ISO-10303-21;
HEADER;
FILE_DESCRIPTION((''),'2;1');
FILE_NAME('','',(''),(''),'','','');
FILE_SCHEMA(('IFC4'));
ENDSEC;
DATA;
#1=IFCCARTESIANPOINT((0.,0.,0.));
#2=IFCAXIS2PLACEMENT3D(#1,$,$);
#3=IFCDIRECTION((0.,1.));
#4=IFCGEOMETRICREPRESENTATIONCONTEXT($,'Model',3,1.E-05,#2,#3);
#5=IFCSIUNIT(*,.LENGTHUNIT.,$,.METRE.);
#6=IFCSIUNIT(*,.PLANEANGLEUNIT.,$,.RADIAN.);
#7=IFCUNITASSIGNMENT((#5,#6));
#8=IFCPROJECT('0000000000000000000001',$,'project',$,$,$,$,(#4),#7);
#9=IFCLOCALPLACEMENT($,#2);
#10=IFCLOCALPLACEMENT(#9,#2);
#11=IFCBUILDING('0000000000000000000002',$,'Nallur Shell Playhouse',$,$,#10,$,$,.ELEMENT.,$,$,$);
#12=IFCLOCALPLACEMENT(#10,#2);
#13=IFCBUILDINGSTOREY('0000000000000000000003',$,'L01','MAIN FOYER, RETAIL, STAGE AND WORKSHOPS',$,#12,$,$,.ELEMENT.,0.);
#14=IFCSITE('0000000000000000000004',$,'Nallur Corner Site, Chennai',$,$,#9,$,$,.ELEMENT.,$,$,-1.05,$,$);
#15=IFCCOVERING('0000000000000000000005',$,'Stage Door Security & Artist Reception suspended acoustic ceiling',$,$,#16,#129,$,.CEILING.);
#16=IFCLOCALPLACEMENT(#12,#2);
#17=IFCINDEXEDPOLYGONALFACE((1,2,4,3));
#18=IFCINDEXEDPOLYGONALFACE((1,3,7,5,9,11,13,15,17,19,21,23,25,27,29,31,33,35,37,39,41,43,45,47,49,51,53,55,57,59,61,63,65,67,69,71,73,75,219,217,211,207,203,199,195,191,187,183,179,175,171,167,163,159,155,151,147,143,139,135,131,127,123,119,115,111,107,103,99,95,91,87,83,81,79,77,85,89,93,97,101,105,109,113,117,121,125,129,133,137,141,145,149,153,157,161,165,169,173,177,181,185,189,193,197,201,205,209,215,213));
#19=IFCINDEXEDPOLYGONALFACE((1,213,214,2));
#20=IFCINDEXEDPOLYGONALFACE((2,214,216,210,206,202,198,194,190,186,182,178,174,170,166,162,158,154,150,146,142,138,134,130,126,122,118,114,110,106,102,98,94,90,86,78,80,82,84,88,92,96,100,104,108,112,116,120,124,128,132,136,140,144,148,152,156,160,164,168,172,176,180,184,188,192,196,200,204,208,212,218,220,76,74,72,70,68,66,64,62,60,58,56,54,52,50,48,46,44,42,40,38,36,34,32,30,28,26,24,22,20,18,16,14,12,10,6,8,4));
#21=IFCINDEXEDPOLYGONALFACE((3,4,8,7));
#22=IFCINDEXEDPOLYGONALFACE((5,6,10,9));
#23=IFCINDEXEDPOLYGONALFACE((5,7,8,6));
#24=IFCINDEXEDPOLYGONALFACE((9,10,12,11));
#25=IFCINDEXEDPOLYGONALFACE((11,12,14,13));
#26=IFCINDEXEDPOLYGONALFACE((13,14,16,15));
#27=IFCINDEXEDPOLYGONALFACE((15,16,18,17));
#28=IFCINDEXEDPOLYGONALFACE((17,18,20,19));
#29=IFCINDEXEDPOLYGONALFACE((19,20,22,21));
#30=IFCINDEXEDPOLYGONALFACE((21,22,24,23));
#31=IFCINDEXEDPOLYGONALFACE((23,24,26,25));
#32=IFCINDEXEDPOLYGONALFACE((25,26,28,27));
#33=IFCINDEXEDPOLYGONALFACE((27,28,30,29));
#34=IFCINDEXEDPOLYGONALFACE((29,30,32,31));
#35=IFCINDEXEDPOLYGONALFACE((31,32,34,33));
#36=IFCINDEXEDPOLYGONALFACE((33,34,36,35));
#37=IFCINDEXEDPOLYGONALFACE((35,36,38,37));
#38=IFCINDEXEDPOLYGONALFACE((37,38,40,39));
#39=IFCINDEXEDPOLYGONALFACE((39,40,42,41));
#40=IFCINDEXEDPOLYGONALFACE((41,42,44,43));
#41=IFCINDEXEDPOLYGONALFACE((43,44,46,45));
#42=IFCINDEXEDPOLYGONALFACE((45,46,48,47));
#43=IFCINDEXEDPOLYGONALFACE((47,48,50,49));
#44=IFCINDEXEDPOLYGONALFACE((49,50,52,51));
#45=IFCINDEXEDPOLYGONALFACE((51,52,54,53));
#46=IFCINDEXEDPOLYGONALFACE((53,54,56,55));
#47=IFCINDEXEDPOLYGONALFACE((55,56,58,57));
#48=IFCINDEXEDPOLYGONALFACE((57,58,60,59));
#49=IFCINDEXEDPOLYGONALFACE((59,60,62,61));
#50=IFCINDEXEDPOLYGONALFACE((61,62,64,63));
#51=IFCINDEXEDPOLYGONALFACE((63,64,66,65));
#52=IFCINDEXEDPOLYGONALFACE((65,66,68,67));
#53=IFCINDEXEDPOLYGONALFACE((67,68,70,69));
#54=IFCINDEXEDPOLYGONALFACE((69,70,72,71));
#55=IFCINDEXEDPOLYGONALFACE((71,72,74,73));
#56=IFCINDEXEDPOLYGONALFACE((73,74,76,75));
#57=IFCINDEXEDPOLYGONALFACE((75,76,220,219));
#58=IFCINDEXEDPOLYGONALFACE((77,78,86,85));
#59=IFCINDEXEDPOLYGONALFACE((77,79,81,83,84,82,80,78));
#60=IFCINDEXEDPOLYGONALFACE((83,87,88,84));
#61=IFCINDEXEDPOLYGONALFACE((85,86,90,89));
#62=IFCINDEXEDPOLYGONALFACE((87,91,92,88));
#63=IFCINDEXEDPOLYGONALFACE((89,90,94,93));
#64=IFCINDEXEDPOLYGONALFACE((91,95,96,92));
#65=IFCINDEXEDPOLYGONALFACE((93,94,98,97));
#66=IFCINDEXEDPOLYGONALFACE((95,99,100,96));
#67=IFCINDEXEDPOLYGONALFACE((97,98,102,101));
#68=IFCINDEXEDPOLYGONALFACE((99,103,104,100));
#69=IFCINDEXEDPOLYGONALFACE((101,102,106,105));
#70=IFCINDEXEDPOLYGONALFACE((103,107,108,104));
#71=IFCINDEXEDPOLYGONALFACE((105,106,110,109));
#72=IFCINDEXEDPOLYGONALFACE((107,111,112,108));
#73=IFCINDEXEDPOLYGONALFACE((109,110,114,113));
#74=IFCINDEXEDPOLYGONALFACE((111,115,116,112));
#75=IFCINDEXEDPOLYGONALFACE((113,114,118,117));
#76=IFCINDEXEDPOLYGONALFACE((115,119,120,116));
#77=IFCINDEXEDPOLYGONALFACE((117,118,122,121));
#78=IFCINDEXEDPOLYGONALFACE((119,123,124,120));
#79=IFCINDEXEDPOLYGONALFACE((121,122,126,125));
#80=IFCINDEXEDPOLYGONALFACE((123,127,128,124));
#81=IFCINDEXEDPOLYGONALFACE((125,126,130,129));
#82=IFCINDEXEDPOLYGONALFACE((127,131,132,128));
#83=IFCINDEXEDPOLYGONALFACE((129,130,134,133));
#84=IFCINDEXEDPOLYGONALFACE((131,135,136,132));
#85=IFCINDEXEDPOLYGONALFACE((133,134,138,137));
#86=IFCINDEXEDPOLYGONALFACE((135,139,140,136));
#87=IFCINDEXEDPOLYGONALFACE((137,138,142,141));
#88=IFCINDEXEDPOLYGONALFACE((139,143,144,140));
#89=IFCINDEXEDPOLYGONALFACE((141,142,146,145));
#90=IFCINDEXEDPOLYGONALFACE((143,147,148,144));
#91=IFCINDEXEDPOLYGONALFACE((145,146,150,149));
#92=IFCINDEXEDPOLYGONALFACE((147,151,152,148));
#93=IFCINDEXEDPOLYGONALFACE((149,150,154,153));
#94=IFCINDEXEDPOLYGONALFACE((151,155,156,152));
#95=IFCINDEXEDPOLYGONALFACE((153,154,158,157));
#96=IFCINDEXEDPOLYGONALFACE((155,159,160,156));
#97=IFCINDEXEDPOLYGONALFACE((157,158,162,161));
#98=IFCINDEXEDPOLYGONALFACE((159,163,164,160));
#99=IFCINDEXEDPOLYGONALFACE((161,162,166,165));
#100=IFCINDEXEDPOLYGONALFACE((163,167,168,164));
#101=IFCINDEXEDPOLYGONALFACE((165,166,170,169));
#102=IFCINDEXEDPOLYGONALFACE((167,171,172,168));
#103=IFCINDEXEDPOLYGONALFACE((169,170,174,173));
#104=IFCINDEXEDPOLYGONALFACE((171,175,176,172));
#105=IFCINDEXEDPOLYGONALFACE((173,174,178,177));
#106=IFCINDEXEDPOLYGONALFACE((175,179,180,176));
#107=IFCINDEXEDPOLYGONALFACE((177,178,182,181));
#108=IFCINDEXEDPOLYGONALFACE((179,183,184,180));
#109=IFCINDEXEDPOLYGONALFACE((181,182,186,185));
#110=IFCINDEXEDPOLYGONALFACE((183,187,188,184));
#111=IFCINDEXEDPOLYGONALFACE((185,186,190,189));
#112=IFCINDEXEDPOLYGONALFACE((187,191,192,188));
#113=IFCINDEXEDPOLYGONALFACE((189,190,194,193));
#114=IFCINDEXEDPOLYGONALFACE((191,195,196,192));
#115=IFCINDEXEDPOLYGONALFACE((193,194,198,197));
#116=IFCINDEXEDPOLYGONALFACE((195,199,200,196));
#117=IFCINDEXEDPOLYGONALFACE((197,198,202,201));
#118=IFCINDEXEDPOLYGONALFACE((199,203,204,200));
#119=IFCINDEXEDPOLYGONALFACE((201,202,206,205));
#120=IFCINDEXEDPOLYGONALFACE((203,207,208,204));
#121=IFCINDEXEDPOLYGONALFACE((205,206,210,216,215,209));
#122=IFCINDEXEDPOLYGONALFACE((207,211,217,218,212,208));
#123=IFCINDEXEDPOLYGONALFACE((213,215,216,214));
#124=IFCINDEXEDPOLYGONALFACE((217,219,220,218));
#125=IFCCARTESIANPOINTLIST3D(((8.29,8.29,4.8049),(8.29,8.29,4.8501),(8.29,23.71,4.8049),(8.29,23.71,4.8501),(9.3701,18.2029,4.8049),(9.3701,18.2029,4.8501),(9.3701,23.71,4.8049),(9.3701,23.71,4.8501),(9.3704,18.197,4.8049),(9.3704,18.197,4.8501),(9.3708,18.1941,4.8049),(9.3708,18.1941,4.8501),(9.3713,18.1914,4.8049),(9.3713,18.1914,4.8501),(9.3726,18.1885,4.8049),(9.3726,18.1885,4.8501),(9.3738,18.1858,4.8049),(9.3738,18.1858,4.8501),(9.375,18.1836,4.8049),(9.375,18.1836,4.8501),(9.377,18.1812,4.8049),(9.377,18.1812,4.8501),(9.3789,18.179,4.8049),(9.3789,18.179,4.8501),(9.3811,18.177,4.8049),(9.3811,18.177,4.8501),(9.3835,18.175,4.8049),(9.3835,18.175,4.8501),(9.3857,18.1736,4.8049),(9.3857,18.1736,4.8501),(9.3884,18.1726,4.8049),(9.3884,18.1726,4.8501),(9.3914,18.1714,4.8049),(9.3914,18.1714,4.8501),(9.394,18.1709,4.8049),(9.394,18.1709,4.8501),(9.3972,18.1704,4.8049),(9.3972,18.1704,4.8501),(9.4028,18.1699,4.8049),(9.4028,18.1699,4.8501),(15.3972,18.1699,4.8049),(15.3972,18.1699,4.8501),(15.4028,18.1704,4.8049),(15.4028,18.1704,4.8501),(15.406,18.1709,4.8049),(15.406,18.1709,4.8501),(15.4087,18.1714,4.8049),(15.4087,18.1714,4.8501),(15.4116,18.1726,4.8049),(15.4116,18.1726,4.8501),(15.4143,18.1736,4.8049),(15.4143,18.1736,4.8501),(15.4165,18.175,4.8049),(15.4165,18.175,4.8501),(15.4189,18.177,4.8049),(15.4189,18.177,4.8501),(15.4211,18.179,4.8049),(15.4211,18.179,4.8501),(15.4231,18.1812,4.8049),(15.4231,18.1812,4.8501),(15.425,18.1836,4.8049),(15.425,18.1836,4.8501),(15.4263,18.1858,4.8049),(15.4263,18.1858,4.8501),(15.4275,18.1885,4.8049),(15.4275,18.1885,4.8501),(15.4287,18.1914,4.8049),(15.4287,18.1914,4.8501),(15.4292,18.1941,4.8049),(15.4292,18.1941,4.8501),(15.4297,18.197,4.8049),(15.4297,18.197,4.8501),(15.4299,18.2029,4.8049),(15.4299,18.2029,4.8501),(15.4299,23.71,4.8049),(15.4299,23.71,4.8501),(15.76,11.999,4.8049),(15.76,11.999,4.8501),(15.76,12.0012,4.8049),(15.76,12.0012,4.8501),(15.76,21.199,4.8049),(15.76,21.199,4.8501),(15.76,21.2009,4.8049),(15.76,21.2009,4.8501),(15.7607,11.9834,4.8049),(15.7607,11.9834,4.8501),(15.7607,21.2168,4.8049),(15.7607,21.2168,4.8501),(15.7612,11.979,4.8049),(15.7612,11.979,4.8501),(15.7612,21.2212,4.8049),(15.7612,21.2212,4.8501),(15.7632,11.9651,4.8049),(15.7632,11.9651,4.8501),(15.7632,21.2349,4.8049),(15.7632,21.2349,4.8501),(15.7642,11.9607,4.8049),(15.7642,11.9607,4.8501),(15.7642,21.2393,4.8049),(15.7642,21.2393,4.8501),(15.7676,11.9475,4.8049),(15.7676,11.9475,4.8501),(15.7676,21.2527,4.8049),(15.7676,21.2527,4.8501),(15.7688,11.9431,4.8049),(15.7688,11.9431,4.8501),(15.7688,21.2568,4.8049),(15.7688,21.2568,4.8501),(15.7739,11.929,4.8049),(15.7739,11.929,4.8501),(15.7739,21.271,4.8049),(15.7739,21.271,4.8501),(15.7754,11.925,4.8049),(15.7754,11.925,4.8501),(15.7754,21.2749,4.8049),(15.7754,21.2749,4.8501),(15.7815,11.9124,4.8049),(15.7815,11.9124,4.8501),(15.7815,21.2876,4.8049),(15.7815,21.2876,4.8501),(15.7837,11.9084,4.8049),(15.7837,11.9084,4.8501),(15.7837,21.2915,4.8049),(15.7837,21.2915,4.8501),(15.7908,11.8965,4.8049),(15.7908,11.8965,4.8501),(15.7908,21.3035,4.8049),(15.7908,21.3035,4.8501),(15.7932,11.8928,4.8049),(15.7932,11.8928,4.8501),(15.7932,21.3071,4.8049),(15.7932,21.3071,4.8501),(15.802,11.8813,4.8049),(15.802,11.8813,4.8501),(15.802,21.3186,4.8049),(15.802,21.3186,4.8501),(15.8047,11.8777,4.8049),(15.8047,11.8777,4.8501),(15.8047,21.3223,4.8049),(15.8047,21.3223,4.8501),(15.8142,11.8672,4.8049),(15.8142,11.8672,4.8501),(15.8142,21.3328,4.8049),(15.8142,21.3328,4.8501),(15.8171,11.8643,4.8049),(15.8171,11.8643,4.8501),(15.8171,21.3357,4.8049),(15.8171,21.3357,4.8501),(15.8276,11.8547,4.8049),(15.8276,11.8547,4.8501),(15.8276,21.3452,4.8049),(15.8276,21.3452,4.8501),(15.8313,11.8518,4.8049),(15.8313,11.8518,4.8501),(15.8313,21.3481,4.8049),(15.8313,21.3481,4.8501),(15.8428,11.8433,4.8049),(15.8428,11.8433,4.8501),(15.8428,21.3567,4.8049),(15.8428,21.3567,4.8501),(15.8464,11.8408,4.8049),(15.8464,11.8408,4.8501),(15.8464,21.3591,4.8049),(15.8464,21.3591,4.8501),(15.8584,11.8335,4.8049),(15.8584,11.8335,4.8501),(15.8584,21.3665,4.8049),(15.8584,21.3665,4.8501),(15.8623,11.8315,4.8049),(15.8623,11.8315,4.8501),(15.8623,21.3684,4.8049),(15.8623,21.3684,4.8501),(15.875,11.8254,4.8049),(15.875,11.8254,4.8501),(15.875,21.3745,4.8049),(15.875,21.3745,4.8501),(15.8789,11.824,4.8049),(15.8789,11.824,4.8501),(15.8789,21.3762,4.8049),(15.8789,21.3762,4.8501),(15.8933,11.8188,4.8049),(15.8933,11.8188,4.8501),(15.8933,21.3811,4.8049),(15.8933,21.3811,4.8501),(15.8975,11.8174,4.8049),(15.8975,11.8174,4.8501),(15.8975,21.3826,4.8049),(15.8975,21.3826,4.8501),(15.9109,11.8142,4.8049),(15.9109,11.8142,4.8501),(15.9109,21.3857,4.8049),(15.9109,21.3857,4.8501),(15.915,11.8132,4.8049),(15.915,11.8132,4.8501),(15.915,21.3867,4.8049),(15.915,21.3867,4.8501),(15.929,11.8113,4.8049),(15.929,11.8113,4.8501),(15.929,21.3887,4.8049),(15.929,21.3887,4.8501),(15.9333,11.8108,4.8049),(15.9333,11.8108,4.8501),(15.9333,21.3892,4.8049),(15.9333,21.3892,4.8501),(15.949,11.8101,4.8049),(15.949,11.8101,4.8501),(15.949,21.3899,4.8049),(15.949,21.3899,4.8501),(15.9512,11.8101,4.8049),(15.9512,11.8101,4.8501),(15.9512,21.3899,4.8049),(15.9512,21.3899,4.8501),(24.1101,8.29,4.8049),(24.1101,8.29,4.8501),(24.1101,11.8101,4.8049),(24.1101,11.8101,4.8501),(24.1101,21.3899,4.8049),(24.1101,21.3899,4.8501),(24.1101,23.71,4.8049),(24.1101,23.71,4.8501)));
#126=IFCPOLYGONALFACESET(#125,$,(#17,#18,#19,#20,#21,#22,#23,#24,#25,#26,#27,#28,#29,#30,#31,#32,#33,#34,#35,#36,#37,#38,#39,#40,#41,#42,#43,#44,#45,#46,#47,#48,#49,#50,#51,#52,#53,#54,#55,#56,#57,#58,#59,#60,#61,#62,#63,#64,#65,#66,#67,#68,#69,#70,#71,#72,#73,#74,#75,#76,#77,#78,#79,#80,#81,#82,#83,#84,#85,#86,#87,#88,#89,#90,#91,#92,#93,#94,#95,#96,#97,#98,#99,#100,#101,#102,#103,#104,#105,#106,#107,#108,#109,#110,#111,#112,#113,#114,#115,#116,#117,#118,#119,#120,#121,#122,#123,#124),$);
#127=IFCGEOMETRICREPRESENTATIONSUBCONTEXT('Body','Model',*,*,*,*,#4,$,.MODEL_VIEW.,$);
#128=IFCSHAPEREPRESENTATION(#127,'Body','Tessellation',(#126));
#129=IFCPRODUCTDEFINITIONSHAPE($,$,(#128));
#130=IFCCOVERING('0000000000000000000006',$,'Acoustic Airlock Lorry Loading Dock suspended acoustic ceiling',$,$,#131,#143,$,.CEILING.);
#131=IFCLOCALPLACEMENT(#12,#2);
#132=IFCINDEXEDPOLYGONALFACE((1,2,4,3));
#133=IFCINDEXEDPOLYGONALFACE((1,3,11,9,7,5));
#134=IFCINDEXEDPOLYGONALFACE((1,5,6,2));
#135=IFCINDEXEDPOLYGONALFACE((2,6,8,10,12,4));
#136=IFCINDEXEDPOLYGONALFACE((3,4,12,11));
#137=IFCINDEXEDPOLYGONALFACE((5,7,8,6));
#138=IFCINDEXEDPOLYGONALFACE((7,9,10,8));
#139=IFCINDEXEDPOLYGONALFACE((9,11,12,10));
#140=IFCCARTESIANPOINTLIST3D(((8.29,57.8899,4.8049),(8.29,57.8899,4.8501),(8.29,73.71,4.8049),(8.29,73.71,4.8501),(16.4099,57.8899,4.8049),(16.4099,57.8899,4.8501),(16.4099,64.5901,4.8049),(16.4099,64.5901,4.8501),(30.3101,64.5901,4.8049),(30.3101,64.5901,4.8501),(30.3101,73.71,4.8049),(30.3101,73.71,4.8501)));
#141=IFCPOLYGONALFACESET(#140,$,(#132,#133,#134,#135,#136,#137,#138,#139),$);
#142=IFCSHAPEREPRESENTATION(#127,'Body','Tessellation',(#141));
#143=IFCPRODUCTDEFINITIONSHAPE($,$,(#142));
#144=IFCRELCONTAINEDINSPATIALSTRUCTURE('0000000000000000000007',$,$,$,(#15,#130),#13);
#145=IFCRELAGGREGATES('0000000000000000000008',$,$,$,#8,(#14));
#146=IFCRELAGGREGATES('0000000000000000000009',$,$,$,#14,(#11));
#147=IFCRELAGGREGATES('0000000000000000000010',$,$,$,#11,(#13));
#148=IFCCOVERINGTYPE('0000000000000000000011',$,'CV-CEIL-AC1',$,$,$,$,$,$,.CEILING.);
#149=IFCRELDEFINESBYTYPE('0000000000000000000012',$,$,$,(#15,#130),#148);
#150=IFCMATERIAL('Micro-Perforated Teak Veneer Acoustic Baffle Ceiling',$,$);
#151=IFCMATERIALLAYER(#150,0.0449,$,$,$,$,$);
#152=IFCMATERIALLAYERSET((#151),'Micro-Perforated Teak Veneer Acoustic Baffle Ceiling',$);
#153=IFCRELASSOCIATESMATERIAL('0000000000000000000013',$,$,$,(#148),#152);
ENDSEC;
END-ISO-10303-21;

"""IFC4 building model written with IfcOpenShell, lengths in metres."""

from ifc_helpers import new_model, si_unit, direction, frame, origin, place, context, subcontext, project, spatial, polyline, outline, extrude, material, layer, layer_set, type_object, element, save


model = new_model("IFC4")

# Units and contexts
model_context = context("Model", 3, precision=1e-05, world=origin(), true_north=direction((0.0, 1.0)))
body_context = subcontext(model_context, "Body", "Model", "MODEL_VIEW")
ifc_project = project(units=[si_unit("LENGTHUNIT", "METRE"), si_unit("PLANEANGLEUNIT", "RADIAN")], contexts=[model_context])

# Site, building, storey
site_placement = place(None, origin())
site = spatial("IfcSite", under=ifc_project, at=site_placement, Name="Nallur Corner Site, Chennai", CompositionType="ELEMENT", RefElevation=-1.05)
building_placement = place(site_placement, origin())
building = spatial("IfcBuilding", under=site, at=building_placement, Name="Nallur Shell Playhouse", CompositionType="ELEMENT")
storey_placement = place(building_placement, origin())
storey = spatial("IfcBuildingStorey", under=building, at=storey_placement, Name="L01", Description="MAIN FOYER, RETAIL, STAGE AND WORKSHOPS", CompositionType="ELEMENT", Elevation=0.0)

# Coverings
ifc_material_1 = material(Name="Micro-Perforated Teak Veneer Acoustic Baffle Ceiling")
ifc_layer_1 = layer(ifc_material_1, 0.0449)
ifc_layer_set_1 = layer_set([ifc_layer_1], Name="Micro-Perforated Teak Veneer Acoustic Baffle Ceiling")
covering_type_1 = type_object("IfcCoveringType", Name="CV-CEIL-AC1", PredefinedType="CEILING", material=ifc_layer_set_1)
covering_1_placement = place(storey_placement, frame((0.0, 0.0, 4.8049)))
element("IfcCovering", 1, at=covering_1_placement, inside=storey, type_object=covering_type_1, Name="Stage Door Security & Artist Reception suspended acoustic ceiling", PredefinedType="CEILING", context=body_context, shape_type="SweptSolid", body=[
    extrude(outline(polyline([(15.8789, 21.3762), (15.875, 21.3745), (15.8623, 21.3684), (15.8584, 21.3665), (15.8464, 21.3591), (15.8428, 21.3567), (15.8313, 21.3481), (15.8276, 21.3452), (15.8171, 21.3357), (15.8142, 21.3328), (15.8047, 21.3223), (15.802, 21.3186), (15.7932, 21.3071), (15.7908, 21.3035), (15.7837, 21.2915), (15.7815, 21.2876), (15.7754, 21.2749), (15.7739, 21.271), (15.7688, 21.2568), (15.7676, 21.2527), (15.7642, 21.2393), (15.7632, 21.2349), (15.7612, 21.2212), (15.7607, 21.2168), (15.76, 21.2009), (15.76, 21.199), (15.76, 12.0012), (15.76, 11.999), (15.7607, 11.9834), (15.7612, 11.979), (15.7632, 11.9651), (15.7642, 11.9607), (15.7676, 11.9475), (15.7688, 11.9431), (15.7739, 11.929), (15.7754, 11.925), (15.7815, 11.9124), (15.7837, 11.9084), (15.7908, 11.8965), (15.7932, 11.8928), (15.802, 11.8813), (15.8047, 11.8777), (15.8142, 11.8672), (15.8171, 11.8643), (15.8276, 11.8547), (15.8313, 11.8518), (15.8428, 11.8433), (15.8464, 11.8408), (15.8584, 11.8335), (15.8623, 11.8315), (15.875, 11.8254), (15.8789, 11.824), (15.8933, 11.8188), (15.8975, 11.8174), (15.9109, 11.8142), (15.915, 11.8132), (15.929, 11.8113), (15.9333, 11.8108), (15.949, 11.8101), (15.9512, 11.8101), (24.1101, 11.8101), (24.1101, 8.29), (8.29, 8.29), (8.29, 23.71), (9.3701, 23.71), (9.3701, 18.2029), (9.3704, 18.197), (9.3708, 18.1941), (9.3713, 18.1914), (9.3726, 18.1885), (9.3738, 18.1858), (9.375, 18.1836), (9.377, 18.1812), (9.3789, 18.179), (9.3811, 18.177), (9.3835, 18.175), (9.3857, 18.1736), (9.3884, 18.1726), (9.3914, 18.1714), (9.394, 18.1709), (9.3972, 18.1704), (9.4028, 18.1699), (15.3972, 18.1699), (15.4028, 18.1704), (15.406, 18.1709), (15.4087, 18.1714), (15.4116, 18.1726), (15.4143, 18.1736), (15.4165, 18.175), (15.4189, 18.177), (15.4211, 18.179), (15.4231, 18.1812), (15.425, 18.1836), (15.4263, 18.1858), (15.4275, 18.1885), (15.4287, 18.1914), (15.4292, 18.1941), (15.4297, 18.197), (15.4299, 18.2029), (15.4299, 23.71), (24.1101, 23.71), (24.1101, 21.3899), (15.9512, 21.3899), (15.949, 21.3899), (15.9333, 21.3892), (15.929, 21.3887), (15.915, 21.3867), (15.9109, 21.3857), (15.8975, 21.3826), (15.8933, 21.3811), (15.8789, 21.3762)])), origin(), (0.0, 0.0, 1.0), 0.0452),
])
covering_2_placement = place(storey_placement, frame((0.0, 0.0, 4.8049)))
element("IfcCovering", 2, at=covering_2_placement, inside=storey, type_object=covering_type_1, Name="Acoustic Airlock Lorry Loading Dock suspended acoustic ceiling", PredefinedType="CEILING", context=body_context, shape_type="SweptSolid", body=[
    extrude(outline(polyline([(16.4099, 64.5901), (16.4099, 57.8899), (8.29, 57.8899), (8.29, 73.71), (30.3101, 73.71), (30.3101, 64.5901), (16.4099, 64.5901)])), origin(), (0.0, 0.0, 1.0), 0.0452),
])

save(model, "model.ifc")
